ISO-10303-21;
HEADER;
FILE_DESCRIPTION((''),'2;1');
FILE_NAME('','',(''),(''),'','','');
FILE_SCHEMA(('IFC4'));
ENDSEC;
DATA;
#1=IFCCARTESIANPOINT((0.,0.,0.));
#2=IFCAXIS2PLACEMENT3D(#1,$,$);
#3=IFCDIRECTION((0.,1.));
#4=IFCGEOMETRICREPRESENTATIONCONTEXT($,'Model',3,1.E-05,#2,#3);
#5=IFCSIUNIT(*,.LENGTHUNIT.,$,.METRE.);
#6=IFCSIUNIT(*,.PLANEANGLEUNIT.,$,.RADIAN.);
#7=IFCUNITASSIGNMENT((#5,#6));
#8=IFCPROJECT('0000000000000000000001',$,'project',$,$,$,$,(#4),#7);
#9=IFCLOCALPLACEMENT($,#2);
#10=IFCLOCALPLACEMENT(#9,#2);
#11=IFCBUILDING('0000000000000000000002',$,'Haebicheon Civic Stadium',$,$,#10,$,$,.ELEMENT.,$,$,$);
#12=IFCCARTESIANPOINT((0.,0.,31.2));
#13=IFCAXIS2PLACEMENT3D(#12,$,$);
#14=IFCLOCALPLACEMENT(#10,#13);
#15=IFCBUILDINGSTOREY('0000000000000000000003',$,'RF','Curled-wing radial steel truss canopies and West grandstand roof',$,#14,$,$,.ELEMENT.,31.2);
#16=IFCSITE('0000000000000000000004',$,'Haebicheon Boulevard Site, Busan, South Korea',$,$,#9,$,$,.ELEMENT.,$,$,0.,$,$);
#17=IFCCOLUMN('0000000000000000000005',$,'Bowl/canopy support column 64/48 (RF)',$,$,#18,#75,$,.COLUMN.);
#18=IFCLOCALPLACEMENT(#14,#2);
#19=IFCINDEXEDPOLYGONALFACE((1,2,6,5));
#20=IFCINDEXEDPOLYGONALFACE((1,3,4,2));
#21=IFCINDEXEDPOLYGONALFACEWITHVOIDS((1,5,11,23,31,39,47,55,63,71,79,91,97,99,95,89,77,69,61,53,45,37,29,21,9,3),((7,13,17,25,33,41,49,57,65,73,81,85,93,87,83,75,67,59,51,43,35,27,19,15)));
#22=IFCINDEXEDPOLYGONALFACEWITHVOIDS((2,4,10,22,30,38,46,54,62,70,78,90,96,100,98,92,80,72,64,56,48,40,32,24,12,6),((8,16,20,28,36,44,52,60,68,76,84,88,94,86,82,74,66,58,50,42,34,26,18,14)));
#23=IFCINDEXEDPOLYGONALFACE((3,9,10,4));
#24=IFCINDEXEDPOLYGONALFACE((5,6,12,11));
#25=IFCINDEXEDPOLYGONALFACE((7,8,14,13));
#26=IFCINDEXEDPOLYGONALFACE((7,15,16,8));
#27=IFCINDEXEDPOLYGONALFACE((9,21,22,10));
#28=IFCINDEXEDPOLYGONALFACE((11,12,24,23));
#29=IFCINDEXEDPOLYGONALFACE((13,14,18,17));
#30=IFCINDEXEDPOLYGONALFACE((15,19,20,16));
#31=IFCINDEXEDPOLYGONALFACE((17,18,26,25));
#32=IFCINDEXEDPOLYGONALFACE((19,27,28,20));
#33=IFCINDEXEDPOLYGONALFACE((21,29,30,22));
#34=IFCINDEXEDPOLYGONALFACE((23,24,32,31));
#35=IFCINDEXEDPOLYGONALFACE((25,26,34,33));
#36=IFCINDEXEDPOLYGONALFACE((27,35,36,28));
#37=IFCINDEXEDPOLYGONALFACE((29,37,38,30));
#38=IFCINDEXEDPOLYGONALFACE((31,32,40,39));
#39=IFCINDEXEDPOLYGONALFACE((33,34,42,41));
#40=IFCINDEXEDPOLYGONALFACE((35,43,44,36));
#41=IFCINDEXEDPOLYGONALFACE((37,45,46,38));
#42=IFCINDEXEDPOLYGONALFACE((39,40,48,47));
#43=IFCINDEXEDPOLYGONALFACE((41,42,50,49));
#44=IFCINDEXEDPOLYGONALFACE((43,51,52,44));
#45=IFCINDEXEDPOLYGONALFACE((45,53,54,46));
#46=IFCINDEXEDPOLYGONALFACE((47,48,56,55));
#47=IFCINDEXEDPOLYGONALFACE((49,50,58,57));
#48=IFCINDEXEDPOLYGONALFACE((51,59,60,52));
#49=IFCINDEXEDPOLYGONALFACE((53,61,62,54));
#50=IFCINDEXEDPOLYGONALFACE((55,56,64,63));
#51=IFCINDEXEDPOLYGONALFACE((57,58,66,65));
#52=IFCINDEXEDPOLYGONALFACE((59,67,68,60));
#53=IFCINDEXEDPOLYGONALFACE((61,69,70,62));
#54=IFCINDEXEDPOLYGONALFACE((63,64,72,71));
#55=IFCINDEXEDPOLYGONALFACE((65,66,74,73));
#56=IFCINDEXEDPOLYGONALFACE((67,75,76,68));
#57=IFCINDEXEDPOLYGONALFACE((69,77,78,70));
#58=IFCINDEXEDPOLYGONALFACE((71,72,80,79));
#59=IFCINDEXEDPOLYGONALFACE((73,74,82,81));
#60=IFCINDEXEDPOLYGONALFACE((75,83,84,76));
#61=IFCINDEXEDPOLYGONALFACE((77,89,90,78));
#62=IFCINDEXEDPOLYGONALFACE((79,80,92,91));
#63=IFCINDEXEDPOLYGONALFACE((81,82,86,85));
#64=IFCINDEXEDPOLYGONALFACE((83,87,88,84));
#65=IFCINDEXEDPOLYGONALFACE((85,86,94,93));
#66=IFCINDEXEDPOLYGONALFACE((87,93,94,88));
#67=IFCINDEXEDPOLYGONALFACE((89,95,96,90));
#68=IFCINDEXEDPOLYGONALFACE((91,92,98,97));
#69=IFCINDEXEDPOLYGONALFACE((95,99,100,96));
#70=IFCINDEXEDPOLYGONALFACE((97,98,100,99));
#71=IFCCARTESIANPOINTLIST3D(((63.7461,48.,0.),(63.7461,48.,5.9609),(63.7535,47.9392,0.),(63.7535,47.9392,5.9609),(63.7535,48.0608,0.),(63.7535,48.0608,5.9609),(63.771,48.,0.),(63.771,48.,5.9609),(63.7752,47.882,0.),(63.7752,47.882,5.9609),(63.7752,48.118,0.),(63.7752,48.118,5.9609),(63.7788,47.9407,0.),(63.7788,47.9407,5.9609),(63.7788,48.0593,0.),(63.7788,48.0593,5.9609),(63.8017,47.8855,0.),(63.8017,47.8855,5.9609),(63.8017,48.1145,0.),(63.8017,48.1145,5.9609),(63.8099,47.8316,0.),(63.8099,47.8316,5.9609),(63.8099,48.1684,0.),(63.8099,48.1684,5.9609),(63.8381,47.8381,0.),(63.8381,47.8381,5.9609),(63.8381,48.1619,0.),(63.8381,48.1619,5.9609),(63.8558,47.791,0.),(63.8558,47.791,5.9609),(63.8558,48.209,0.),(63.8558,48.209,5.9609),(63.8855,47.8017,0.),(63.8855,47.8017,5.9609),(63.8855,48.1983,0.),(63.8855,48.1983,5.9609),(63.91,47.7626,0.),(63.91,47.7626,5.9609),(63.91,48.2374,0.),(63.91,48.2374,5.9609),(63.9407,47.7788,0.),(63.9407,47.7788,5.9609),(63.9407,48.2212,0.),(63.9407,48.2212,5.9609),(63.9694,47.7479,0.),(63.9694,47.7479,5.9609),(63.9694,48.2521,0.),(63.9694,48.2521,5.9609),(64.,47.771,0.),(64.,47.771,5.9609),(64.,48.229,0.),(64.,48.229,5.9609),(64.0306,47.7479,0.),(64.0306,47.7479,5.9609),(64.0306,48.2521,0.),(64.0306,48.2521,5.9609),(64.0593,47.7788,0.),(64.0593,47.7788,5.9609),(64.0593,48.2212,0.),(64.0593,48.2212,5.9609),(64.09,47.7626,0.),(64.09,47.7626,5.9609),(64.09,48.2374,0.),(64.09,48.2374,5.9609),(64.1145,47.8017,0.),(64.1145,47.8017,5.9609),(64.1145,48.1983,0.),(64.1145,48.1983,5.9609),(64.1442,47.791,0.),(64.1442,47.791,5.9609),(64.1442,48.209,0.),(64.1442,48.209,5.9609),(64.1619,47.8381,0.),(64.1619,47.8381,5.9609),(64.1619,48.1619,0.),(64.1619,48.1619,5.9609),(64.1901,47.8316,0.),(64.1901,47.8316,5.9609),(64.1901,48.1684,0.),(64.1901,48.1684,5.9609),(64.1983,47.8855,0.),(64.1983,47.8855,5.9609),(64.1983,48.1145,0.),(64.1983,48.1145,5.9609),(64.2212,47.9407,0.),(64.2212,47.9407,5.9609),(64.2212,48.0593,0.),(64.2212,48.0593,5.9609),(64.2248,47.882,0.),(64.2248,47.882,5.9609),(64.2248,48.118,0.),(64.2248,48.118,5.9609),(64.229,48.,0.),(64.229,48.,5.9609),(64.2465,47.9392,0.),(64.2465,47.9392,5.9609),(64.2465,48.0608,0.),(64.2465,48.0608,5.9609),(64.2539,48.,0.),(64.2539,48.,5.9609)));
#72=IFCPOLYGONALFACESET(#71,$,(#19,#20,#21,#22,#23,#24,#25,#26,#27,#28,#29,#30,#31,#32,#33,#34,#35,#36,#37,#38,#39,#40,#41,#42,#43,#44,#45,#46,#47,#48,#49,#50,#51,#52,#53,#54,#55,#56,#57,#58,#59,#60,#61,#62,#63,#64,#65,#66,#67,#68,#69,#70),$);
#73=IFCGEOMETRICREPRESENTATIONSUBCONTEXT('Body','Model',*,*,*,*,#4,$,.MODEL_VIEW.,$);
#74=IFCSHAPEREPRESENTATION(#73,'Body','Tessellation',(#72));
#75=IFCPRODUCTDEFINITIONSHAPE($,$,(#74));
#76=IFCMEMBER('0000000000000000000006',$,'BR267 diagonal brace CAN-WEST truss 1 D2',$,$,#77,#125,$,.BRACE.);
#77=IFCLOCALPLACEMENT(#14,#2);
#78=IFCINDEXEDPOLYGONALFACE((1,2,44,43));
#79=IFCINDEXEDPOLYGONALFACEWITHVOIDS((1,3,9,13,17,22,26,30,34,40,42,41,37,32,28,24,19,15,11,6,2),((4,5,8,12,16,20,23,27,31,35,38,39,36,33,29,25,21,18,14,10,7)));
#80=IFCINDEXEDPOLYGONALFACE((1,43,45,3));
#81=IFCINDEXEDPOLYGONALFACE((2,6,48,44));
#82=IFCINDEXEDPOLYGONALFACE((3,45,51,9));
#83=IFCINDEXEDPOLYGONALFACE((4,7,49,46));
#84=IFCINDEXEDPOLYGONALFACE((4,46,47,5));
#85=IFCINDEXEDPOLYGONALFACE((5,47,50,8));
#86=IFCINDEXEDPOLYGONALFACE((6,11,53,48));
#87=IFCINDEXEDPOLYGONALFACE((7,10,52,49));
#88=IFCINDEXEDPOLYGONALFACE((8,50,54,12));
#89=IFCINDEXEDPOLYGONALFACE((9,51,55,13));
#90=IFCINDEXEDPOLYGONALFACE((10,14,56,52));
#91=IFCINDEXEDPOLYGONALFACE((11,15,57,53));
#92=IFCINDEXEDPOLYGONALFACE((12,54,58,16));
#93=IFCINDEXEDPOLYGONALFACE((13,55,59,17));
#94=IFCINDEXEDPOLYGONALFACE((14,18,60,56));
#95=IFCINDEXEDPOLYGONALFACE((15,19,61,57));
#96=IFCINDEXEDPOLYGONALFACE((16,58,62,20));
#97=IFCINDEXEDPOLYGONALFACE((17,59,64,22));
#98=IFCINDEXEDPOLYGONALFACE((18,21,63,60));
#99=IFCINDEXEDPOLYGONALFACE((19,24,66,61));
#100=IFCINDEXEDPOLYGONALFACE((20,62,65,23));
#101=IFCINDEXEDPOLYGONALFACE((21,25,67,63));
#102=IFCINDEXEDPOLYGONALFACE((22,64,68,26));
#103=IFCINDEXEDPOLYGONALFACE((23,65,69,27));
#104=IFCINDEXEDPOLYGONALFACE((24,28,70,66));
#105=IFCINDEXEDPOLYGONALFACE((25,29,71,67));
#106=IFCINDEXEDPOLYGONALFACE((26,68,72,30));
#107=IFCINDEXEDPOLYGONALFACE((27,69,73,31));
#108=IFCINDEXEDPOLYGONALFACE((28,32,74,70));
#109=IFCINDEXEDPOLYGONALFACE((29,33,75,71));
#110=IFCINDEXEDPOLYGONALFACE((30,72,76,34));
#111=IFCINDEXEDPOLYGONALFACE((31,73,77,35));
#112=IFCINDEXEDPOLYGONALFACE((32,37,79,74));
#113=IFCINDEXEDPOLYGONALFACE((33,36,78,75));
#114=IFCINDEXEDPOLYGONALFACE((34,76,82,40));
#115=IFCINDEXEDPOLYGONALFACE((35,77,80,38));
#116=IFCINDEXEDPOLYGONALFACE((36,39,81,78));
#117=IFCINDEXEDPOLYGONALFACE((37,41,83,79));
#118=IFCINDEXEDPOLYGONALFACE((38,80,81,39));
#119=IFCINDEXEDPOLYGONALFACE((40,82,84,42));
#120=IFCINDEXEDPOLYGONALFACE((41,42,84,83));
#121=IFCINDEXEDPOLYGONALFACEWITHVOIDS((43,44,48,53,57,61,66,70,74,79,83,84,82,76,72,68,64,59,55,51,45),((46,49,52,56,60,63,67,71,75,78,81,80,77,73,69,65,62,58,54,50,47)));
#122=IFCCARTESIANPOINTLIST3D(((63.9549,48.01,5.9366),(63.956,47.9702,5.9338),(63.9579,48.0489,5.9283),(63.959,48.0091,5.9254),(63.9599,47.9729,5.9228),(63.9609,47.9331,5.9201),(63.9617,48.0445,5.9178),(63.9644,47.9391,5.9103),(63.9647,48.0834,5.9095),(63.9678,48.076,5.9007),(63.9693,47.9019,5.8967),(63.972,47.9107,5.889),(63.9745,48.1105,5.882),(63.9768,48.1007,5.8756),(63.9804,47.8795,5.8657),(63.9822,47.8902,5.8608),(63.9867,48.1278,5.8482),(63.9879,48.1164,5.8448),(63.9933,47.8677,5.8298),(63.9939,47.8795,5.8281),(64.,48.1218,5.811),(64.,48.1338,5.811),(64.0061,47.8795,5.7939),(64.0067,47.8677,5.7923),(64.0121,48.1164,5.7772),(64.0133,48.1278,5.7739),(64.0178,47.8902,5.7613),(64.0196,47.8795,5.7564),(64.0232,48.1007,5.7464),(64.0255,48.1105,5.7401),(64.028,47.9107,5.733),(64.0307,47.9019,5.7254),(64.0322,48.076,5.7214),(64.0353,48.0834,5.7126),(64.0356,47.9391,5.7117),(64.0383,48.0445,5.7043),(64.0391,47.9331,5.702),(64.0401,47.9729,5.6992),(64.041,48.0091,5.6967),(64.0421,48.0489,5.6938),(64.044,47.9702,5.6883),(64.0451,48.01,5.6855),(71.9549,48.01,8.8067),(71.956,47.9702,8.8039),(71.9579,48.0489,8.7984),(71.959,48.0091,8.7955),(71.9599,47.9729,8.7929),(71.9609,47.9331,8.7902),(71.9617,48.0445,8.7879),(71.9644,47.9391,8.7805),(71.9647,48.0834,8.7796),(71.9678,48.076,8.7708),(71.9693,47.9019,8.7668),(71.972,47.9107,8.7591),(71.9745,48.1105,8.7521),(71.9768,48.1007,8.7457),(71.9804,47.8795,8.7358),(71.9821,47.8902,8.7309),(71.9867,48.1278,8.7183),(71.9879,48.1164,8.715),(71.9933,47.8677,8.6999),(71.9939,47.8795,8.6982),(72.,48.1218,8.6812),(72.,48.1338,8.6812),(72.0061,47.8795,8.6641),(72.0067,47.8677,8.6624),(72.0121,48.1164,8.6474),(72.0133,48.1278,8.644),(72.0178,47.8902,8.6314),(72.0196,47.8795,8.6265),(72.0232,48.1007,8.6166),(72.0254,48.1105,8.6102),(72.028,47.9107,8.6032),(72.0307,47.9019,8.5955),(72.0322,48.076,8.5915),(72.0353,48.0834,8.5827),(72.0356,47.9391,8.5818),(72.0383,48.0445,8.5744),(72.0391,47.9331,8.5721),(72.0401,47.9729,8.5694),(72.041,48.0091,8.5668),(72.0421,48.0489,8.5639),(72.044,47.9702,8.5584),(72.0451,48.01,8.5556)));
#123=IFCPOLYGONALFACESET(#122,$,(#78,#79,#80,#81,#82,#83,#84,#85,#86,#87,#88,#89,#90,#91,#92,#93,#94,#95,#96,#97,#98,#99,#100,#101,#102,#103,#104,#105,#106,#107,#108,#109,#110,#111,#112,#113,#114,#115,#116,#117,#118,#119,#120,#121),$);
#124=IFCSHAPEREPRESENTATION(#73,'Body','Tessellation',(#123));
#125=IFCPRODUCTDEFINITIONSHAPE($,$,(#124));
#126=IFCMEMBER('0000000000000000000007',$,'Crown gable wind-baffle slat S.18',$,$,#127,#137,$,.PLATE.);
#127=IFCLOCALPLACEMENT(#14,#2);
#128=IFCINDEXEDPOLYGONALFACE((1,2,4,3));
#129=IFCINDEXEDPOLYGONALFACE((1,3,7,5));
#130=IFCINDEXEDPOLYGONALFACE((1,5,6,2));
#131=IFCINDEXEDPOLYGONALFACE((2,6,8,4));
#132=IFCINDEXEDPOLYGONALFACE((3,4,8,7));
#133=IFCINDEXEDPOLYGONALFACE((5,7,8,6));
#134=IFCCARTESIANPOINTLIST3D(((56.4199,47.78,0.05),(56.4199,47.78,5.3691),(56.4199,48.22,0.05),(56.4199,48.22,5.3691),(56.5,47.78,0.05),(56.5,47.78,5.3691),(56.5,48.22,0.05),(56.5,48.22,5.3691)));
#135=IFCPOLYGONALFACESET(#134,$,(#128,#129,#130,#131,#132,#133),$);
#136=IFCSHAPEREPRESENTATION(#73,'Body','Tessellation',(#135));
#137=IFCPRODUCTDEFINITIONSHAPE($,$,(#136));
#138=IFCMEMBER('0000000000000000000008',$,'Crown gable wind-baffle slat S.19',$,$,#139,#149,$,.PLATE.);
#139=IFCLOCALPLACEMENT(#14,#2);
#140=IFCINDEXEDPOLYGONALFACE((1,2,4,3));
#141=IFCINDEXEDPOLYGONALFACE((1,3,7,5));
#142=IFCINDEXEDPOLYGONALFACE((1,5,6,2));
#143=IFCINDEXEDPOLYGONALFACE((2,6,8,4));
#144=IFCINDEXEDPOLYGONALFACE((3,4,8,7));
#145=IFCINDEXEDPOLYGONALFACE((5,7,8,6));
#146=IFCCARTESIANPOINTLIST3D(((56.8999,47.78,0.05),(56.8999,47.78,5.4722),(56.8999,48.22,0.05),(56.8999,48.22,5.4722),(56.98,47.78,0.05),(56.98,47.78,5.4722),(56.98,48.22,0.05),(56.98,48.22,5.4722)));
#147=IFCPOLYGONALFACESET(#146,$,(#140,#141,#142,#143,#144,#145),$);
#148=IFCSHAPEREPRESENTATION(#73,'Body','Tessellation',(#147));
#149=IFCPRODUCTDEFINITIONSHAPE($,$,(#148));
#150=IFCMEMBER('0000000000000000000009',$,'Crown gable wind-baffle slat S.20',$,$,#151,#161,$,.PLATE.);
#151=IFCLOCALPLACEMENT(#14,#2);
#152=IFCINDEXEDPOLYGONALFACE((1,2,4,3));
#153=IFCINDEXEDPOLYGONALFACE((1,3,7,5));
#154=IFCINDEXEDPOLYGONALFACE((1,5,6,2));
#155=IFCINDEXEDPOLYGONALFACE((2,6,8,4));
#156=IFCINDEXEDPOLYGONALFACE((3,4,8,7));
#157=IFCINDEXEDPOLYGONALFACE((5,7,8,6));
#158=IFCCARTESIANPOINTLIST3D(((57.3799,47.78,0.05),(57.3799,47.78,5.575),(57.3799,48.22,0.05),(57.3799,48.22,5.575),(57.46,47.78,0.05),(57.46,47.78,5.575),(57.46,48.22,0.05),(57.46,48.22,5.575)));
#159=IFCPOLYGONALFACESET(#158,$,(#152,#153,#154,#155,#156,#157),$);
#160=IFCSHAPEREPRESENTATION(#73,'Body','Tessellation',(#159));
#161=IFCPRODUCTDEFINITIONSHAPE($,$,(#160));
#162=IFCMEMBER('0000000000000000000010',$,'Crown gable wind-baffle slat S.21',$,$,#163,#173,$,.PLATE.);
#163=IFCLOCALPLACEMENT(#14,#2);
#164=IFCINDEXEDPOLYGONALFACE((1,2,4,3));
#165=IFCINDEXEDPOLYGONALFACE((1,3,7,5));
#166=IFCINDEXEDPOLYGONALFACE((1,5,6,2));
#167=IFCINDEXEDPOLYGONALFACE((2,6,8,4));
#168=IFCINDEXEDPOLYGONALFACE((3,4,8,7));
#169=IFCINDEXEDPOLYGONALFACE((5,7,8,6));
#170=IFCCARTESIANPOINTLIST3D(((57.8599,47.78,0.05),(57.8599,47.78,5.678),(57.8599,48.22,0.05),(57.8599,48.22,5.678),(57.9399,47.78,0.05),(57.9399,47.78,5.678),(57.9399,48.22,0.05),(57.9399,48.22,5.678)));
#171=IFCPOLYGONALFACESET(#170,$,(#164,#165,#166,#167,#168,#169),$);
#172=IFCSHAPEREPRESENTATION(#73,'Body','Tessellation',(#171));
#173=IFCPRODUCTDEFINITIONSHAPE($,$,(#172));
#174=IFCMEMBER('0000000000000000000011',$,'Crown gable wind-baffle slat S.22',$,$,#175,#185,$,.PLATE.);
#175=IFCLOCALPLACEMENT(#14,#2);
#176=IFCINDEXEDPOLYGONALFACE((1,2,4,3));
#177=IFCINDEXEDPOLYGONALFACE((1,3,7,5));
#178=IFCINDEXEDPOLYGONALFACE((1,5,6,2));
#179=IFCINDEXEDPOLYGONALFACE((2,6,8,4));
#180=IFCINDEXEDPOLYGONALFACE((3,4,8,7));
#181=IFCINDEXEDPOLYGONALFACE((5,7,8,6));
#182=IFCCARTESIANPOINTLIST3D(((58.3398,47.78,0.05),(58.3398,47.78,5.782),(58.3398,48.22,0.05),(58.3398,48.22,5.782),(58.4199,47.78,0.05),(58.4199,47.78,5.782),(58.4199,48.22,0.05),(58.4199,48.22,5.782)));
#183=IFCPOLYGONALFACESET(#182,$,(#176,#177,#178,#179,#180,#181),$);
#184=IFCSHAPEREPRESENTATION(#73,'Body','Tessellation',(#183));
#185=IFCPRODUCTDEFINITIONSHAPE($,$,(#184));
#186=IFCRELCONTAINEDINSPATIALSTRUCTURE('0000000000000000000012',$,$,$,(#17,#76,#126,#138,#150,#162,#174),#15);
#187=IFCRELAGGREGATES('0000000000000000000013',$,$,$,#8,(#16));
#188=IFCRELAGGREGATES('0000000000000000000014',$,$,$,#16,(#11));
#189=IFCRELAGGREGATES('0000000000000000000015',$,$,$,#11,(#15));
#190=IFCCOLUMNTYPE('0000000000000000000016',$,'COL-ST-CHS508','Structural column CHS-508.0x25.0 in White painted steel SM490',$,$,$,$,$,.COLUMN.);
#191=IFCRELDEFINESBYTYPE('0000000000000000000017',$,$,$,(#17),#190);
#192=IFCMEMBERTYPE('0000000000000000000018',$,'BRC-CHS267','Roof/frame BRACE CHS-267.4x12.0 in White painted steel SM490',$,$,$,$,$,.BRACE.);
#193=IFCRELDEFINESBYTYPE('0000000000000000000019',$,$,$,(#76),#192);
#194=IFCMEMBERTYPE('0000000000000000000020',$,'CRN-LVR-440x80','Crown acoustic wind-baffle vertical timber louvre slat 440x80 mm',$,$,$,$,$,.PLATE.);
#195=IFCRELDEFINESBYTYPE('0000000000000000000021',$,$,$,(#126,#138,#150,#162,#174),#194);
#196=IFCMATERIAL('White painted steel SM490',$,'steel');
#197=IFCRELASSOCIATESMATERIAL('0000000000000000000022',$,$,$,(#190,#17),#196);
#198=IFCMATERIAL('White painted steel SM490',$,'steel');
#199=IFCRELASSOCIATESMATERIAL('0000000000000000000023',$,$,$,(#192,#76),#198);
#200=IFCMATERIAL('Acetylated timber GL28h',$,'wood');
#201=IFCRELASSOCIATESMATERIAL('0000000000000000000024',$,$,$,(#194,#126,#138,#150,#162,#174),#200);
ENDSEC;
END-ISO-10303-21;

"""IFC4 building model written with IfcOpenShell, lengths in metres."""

from ifc_helpers import new_model, si_unit, direction, frame, origin, origin_2d, place, context, subcontext, project, spatial, rectangle, hollow_circle, extrude, material, material_profile, profile_set, type_object, element, save


model = new_model("IFC4")

# Units and contexts
model_context = context("Model", 3, precision=1e-05, world=origin(), true_north=direction((0.0, 1.0)))
body_context = subcontext(model_context, "Body", "Model", "MODEL_VIEW")
ifc_project = project(units=[si_unit("LENGTHUNIT", "METRE"), si_unit("PLANEANGLEUNIT", "RADIAN")], contexts=[model_context])

# Site, building, storey
site_placement = place(None, origin())
site = spatial("IfcSite", under=ifc_project, at=site_placement, Name="Haebicheon Boulevard Site, Busan, South Korea", CompositionType="ELEMENT", RefElevation=0.0)
building_placement = place(site_placement, origin())
building = spatial("IfcBuilding", under=site, at=building_placement, Name="Haebicheon Civic Stadium", CompositionType="ELEMENT")
storey_placement = place(building_placement, frame((0.0, 0.0, 31.2)))
storey = spatial("IfcBuildingStorey", under=building, at=storey_placement, Name="RF", Description="Curled-wing radial steel truss canopies and West grandstand roof", CompositionType="ELEMENT", Elevation=31.2)

# Column
ifc_material_1 = material(Name="White painted steel SM490", Category="steel")
ifc_material_profile_1 = material_profile(ifc_material_1, hollow_circle(Radius=0.2539, WallThickness=0.0249, at=origin_2d()), Name="CHS-508.0x25.0")
ifc_profile_set_1 = profile_set([ifc_material_profile_1], Name="White painted steel SM490")
column_type = type_object("IfcColumnType", Name="COL-ST-CHS508", Description="Structural column CHS-508.0x25.0 in White painted steel SM490", PredefinedType="COLUMN", material=ifc_profile_set_1)
column_placement = place(storey_placement, frame((64.0, 48.0, 0.0), z_axis=(0.0, 0.0, 1.0), x_axis=(1.0, 0.0, 0.0)))
element("IfcColumn", 1, at=column_placement, inside=storey, type_object=column_type, material=ifc_profile_set_1, Name="Bowl/canopy support column 64/48 (RF)", PredefinedType="COLUMN", context=body_context, shape_type="SweptSolid", body=[
    extrude(hollow_circle(Radius=0.2539, WallThickness=0.0249, at=origin_2d()), origin(), (0.0, 0.0, 1.0), 5.9609),
])

# Members
ifc_material_2 = material(Name="White painted steel SM490", Category="steel")
ifc_material_profile_2 = material_profile(ifc_material_2, hollow_circle(Radius=0.1338, WallThickness=0.012, at=origin_2d()), Name="CHS-267.4x12.0")
ifc_profile_set_2 = profile_set([ifc_material_profile_2], Name="White painted steel SM490")
member_type_1 = type_object("IfcMemberType", Name="BRC-CHS267", Description="Roof/frame BRACE CHS-267.4x12.0 in White painted steel SM490", PredefinedType="BRACE", material=ifc_profile_set_2)
member_1_placement = place(storey_placement, frame((64.0, 48.0, 5.811), z_axis=(0.941257, 0.0, 0.33769), x_axis=(0.0, 1.0, 0.0)))
element("IfcMember", 2, at=member_1_placement, inside=storey, type_object=member_type_1, material=ifc_profile_set_2, Name="BR267 diagonal brace CAN-WEST truss 1 D2", PredefinedType="BRACE", context=body_context, shape_type="SweptSolid", body=[
    extrude(hollow_circle(Radius=0.1338, WallThickness=0.012, at=origin_2d()), origin(), (0.0, 0.0, 1.0), 8.4993),
])
ifc_material_3 = material(Name="Acetylated timber GL28h", Category="wood")
ifc_material_profile_3 = material_profile(ifc_material_3, rectangle(XDim=0.0801, YDim=0.4399, at=origin_2d()), Name="TMB-LOUV-80x440")
ifc_profile_set_3 = profile_set([ifc_material_profile_3], Name="Acetylated timber GL28h")
member_type_2 = type_object("IfcMemberType", Name="CRN-LVR-440x80", Description="Crown acoustic wind-baffle vertical timber louvre slat 440x80 mm", PredefinedType="PLATE", material=ifc_profile_set_3)
member_2_placement = place(storey_placement, frame((56.46, 48.0, 0.05), z_axis=(0.0, 0.0, 1.0), x_axis=(1.0, 0.0, 0.0)))
element("IfcMember", 3, at=member_2_placement, inside=storey, type_object=member_type_2, material=ifc_profile_set_3, Name="Crown gable wind-baffle slat S.18", PredefinedType="PLATE", context=body_context, shape_type="SweptSolid", body=[
    extrude(rectangle(XDim=0.0801, YDim=0.4399, at=origin_2d()), origin(), (0.0, 0.0, 1.0), 5.3191),
])
member_3_placement = place(storey_placement, frame((56.9399, 48.0, 0.05), z_axis=(0.0, 0.0, 1.0), x_axis=(1.0, 0.0, 0.0)))
element("IfcMember", 4, at=member_3_placement, inside=storey, type_object=member_type_2, material=ifc_profile_set_3, Name="Crown gable wind-baffle slat S.19", PredefinedType="PLATE", context=body_context, shape_type="SweptSolid", body=[
    extrude(rectangle(XDim=0.0801, YDim=0.4399, at=origin_2d()), origin(), (0.0, 0.0, 1.0), 5.4221),
])
member_4_placement = place(storey_placement, frame((57.4199, 48.0, 0.05), z_axis=(0.0, 0.0, 1.0), x_axis=(1.0, 0.0, 0.0)))
element("IfcMember", 5, at=member_4_placement, inside=storey, type_object=member_type_2, material=ifc_profile_set_3, Name="Crown gable wind-baffle slat S.20", PredefinedType="PLATE", context=body_context, shape_type="SweptSolid", body=[
    extrude(rectangle(XDim=0.0801, YDim=0.4399, at=origin_2d()), origin(), (0.0, 0.0, 1.0), 5.5249),
])
member_5_placement = place(storey_placement, frame((57.8999, 48.0, 0.05), z_axis=(0.0, 0.0, 1.0), x_axis=(1.0, 0.0, 0.0)))
element("IfcMember", 6, at=member_5_placement, inside=storey, type_object=member_type_2, material=ifc_profile_set_3, Name="Crown gable wind-baffle slat S.21", PredefinedType="PLATE", context=body_context, shape_type="SweptSolid", body=[
    extrude(rectangle(XDim=0.0801, YDim=0.4399, at=origin_2d()), origin(), (0.0, 0.0, 1.0), 5.6279),
])
member_6_placement = place(storey_placement, frame((58.3799, 48.0, 0.05), z_axis=(0.0, 0.0, 1.0), x_axis=(1.0, 0.0, 0.0)))
element("IfcMember", 7, at=member_6_placement, inside=storey, type_object=member_type_2, material=ifc_profile_set_3, Name="Crown gable wind-baffle slat S.22", PredefinedType="PLATE", context=body_context, shape_type="SweptSolid", body=[
    extrude(rectangle(XDim=0.0801, YDim=0.4399, at=origin_2d()), origin(), (0.0, 0.0, 1.0), 5.7319),
])

save(model, "model.ifc")
